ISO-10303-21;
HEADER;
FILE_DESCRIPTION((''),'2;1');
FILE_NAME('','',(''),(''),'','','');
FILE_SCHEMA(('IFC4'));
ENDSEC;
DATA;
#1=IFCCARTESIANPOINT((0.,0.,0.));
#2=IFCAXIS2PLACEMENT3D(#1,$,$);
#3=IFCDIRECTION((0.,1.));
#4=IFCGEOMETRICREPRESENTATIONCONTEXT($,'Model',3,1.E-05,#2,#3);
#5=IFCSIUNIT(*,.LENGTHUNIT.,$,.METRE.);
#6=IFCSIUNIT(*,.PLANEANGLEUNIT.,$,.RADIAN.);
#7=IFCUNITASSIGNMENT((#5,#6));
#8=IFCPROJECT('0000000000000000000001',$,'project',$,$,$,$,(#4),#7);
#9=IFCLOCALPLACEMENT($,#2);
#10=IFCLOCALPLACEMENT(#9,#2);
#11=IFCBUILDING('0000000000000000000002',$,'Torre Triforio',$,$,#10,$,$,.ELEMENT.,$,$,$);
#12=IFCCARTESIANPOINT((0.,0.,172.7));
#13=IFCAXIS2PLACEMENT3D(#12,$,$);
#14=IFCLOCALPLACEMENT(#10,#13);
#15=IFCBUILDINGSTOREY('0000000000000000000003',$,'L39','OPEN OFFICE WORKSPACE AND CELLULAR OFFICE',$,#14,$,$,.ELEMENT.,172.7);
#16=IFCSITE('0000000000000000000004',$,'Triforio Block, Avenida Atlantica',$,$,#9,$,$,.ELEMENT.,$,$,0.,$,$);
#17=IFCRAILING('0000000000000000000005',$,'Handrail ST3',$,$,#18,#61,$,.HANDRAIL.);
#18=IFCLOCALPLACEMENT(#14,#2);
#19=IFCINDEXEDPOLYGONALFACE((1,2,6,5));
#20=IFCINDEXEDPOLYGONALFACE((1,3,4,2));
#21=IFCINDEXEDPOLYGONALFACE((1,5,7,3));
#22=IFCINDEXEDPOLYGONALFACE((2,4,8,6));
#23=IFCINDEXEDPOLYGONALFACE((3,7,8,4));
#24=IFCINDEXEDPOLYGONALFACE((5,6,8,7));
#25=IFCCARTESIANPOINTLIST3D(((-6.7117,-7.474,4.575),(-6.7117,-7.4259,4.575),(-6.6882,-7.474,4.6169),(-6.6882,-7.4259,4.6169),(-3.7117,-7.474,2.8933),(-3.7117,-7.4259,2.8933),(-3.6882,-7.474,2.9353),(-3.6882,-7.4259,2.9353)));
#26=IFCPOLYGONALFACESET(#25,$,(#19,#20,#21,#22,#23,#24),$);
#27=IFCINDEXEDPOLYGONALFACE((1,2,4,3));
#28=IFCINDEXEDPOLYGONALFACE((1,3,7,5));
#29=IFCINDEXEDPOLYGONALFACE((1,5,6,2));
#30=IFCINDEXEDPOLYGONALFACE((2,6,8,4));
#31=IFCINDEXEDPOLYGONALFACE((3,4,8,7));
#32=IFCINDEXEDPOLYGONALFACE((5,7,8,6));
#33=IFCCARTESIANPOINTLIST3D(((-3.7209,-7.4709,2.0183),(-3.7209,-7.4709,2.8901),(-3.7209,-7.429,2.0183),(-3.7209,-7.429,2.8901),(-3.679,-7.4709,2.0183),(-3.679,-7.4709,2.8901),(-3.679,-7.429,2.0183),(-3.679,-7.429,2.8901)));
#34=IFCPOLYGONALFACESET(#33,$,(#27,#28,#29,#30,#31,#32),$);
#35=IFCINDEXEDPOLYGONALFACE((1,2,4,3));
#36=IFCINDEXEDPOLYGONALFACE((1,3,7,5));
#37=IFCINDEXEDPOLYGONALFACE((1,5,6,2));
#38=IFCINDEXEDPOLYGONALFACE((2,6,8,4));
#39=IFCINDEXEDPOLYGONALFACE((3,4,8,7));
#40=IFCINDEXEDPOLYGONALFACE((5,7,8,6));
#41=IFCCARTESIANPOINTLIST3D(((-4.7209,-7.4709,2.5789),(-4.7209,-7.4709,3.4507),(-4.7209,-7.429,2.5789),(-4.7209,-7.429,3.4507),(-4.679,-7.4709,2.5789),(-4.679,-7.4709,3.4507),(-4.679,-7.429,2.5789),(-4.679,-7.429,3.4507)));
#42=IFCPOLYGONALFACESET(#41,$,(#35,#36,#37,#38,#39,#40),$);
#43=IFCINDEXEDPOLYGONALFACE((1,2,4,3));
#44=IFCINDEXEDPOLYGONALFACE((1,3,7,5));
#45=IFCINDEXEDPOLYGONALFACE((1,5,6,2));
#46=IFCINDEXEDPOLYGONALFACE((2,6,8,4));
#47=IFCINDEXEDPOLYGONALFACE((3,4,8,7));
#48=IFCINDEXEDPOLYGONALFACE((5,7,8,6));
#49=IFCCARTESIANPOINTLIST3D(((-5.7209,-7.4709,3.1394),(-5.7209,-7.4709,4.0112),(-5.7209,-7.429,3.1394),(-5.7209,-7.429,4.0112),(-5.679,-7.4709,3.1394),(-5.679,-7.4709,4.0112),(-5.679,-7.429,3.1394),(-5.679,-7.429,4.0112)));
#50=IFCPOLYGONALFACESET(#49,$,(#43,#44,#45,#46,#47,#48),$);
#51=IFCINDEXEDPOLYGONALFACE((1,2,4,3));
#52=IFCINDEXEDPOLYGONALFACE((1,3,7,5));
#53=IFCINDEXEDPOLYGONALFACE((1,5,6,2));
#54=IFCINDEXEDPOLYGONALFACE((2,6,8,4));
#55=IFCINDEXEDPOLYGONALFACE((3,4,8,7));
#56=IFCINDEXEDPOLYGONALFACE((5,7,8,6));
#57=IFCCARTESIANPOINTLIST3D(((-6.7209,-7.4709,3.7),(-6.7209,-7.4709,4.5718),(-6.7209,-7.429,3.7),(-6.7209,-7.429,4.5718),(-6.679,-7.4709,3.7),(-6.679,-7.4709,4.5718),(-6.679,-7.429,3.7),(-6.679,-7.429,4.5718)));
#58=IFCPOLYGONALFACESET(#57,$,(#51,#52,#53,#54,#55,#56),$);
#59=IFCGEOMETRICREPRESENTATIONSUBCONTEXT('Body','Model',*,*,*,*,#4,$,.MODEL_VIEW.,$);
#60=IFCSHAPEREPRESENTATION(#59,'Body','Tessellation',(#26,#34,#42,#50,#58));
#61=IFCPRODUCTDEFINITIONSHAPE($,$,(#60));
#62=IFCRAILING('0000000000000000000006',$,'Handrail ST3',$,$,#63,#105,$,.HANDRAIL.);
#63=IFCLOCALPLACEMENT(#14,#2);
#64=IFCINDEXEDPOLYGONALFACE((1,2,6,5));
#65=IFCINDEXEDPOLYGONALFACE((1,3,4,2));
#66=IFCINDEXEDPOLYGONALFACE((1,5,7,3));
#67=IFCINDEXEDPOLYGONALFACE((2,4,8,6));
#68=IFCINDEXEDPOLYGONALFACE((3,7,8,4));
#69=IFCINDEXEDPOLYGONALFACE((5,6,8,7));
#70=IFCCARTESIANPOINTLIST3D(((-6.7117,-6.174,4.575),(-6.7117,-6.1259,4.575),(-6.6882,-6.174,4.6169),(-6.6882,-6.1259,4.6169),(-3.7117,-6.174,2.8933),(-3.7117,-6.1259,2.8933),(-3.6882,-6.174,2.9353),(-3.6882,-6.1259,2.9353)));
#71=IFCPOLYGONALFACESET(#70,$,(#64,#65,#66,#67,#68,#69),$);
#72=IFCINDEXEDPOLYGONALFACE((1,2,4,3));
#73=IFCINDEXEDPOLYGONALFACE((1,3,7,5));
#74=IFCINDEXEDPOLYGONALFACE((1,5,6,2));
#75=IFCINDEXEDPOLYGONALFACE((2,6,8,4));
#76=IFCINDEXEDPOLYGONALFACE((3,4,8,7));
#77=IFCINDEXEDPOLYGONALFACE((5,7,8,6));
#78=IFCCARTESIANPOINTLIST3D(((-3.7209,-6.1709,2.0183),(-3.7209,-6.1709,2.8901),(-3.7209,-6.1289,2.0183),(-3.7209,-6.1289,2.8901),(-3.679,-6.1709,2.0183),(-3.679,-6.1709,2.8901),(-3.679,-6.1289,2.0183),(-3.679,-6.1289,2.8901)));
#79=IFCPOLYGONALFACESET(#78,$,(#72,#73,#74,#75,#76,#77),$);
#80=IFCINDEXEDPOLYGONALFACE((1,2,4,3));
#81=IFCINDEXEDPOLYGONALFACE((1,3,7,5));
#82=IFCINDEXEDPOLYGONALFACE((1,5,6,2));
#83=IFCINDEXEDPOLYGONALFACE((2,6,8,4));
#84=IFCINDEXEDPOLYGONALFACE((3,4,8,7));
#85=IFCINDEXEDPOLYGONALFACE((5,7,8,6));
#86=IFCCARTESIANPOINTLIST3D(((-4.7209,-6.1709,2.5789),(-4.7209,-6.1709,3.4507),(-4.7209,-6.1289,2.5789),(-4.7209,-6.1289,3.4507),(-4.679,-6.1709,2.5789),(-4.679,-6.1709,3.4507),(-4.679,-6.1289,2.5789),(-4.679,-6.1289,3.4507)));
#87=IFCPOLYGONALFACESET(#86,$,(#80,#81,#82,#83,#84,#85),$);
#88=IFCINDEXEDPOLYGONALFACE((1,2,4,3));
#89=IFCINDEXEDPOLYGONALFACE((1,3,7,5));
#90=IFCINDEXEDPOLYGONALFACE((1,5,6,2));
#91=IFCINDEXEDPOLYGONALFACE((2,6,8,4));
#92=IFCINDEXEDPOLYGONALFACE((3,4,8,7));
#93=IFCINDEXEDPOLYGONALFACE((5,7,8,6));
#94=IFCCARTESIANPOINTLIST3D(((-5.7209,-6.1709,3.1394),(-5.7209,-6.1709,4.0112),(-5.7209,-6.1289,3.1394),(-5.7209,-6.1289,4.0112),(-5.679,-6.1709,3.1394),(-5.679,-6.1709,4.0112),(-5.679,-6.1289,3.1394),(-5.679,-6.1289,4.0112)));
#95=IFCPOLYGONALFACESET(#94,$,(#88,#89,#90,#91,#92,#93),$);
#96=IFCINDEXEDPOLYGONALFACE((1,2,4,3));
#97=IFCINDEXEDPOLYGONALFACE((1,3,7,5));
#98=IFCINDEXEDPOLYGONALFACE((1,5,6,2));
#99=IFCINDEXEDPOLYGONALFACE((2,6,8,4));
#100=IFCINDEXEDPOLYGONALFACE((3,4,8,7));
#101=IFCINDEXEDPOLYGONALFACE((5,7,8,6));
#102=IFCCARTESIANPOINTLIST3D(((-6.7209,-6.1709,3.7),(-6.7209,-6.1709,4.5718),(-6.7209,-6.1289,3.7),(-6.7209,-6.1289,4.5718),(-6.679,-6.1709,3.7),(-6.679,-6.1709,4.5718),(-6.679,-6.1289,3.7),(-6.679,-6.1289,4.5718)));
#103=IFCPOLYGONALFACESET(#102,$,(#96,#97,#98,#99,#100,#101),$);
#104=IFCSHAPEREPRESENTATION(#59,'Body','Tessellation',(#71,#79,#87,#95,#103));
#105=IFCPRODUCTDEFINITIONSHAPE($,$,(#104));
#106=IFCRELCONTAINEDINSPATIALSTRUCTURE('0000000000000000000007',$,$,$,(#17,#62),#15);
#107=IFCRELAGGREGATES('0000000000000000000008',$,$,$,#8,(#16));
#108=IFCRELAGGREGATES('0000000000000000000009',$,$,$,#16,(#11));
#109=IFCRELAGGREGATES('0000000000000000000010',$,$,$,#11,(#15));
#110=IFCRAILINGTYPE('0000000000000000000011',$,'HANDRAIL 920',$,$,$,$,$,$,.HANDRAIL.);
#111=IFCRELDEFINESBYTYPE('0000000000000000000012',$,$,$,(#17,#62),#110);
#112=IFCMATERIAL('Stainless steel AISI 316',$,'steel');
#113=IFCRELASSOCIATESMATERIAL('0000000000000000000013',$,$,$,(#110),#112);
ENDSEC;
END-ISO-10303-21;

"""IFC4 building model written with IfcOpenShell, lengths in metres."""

from ifc_helpers import new_model, si_unit, direction, frame, origin, origin_2d, place, context, subcontext, project, spatial, rectangle, extrude, material, type_object, element, save


model = new_model("IFC4")

# Units and contexts
model_context = context("Model", 3, precision=1e-05, world=origin(), true_north=direction((0.0, 1.0)))
body_context = subcontext(model_context, "Body", "Model", "MODEL_VIEW")
ifc_project = project(units=[si_unit("LENGTHUNIT", "METRE"), si_unit("PLANEANGLEUNIT", "RADIAN")], contexts=[model_context])

# Site, building, storey
site_placement = place(None, origin())
site = spatial("IfcSite", under=ifc_project, at=site_placement, Name="Triforio Block, Avenida Atlantica", CompositionType="ELEMENT", RefElevation=0.0)
building_placement = place(site_placement, origin())
building = spatial("IfcBuilding", under=site, at=building_placement, Name="Torre Triforio", CompositionType="ELEMENT")
storey_placement = place(building_placement, frame((0.0, 0.0, 172.7)))
storey = spatial("IfcBuildingStorey", under=building, at=storey_placement, Name="L39", Description="OPEN OFFICE WORKSPACE AND CELLULAR OFFICE", CompositionType="ELEMENT", Elevation=172.7)

# Railings
ifc_material_1 = material(Name="Stainless steel AISI 316", Category="steel")
railing_type = type_object("IfcRailingType", Name="HANDRAIL 920", PredefinedType="HANDRAIL", material=ifc_material_1)
for number, where, name in (
    (1, (-3.7, -7.45, 2.0183), "Handrail ST3"),
    (2, (-3.7, -6.1499, 2.0183), "Handrail ST3"),
):
    element("IfcRailing", number, at=place(storey_placement, frame(where)), inside=storey, type_object=railing_type, Name=name, PredefinedType="HANDRAIL", context=body_context, shape_type="SweptSolid", body=[
        extrude(rectangle(XDim=0.0481, YDim=0.0481, at=origin_2d()), frame((0.0, 0.0, 0.896), z_axis=(-0.872303, 0.0, 0.488966), x_axis=(0.0, -1.0, 0.0)), (0.0, 0.0, 1.0), 3.4392),
        extrude(rectangle(XDim=0.042, YDim=0.042, at=origin_2d()), origin(), (0.0, 0.0, 1.0), 0.8718),
        extrude(rectangle(XDim=0.042, YDim=0.042, at=origin_2d()), frame((-1.0, 0.0, 0.5605)), (0.0, 0.0, 1.0), 0.8718),
        extrude(rectangle(XDim=0.042, YDim=0.042, at=origin_2d()), frame((-2.0, 0.0, 1.1211)), (0.0, 0.0, 1.0), 0.8718),
        extrude(rectangle(XDim=0.042, YDim=0.042, at=origin_2d()), frame((-3.0, 0.0, 1.6816)), (0.0, 0.0, 1.0), 0.8718),
    ])

save(model, "model.ifc")
